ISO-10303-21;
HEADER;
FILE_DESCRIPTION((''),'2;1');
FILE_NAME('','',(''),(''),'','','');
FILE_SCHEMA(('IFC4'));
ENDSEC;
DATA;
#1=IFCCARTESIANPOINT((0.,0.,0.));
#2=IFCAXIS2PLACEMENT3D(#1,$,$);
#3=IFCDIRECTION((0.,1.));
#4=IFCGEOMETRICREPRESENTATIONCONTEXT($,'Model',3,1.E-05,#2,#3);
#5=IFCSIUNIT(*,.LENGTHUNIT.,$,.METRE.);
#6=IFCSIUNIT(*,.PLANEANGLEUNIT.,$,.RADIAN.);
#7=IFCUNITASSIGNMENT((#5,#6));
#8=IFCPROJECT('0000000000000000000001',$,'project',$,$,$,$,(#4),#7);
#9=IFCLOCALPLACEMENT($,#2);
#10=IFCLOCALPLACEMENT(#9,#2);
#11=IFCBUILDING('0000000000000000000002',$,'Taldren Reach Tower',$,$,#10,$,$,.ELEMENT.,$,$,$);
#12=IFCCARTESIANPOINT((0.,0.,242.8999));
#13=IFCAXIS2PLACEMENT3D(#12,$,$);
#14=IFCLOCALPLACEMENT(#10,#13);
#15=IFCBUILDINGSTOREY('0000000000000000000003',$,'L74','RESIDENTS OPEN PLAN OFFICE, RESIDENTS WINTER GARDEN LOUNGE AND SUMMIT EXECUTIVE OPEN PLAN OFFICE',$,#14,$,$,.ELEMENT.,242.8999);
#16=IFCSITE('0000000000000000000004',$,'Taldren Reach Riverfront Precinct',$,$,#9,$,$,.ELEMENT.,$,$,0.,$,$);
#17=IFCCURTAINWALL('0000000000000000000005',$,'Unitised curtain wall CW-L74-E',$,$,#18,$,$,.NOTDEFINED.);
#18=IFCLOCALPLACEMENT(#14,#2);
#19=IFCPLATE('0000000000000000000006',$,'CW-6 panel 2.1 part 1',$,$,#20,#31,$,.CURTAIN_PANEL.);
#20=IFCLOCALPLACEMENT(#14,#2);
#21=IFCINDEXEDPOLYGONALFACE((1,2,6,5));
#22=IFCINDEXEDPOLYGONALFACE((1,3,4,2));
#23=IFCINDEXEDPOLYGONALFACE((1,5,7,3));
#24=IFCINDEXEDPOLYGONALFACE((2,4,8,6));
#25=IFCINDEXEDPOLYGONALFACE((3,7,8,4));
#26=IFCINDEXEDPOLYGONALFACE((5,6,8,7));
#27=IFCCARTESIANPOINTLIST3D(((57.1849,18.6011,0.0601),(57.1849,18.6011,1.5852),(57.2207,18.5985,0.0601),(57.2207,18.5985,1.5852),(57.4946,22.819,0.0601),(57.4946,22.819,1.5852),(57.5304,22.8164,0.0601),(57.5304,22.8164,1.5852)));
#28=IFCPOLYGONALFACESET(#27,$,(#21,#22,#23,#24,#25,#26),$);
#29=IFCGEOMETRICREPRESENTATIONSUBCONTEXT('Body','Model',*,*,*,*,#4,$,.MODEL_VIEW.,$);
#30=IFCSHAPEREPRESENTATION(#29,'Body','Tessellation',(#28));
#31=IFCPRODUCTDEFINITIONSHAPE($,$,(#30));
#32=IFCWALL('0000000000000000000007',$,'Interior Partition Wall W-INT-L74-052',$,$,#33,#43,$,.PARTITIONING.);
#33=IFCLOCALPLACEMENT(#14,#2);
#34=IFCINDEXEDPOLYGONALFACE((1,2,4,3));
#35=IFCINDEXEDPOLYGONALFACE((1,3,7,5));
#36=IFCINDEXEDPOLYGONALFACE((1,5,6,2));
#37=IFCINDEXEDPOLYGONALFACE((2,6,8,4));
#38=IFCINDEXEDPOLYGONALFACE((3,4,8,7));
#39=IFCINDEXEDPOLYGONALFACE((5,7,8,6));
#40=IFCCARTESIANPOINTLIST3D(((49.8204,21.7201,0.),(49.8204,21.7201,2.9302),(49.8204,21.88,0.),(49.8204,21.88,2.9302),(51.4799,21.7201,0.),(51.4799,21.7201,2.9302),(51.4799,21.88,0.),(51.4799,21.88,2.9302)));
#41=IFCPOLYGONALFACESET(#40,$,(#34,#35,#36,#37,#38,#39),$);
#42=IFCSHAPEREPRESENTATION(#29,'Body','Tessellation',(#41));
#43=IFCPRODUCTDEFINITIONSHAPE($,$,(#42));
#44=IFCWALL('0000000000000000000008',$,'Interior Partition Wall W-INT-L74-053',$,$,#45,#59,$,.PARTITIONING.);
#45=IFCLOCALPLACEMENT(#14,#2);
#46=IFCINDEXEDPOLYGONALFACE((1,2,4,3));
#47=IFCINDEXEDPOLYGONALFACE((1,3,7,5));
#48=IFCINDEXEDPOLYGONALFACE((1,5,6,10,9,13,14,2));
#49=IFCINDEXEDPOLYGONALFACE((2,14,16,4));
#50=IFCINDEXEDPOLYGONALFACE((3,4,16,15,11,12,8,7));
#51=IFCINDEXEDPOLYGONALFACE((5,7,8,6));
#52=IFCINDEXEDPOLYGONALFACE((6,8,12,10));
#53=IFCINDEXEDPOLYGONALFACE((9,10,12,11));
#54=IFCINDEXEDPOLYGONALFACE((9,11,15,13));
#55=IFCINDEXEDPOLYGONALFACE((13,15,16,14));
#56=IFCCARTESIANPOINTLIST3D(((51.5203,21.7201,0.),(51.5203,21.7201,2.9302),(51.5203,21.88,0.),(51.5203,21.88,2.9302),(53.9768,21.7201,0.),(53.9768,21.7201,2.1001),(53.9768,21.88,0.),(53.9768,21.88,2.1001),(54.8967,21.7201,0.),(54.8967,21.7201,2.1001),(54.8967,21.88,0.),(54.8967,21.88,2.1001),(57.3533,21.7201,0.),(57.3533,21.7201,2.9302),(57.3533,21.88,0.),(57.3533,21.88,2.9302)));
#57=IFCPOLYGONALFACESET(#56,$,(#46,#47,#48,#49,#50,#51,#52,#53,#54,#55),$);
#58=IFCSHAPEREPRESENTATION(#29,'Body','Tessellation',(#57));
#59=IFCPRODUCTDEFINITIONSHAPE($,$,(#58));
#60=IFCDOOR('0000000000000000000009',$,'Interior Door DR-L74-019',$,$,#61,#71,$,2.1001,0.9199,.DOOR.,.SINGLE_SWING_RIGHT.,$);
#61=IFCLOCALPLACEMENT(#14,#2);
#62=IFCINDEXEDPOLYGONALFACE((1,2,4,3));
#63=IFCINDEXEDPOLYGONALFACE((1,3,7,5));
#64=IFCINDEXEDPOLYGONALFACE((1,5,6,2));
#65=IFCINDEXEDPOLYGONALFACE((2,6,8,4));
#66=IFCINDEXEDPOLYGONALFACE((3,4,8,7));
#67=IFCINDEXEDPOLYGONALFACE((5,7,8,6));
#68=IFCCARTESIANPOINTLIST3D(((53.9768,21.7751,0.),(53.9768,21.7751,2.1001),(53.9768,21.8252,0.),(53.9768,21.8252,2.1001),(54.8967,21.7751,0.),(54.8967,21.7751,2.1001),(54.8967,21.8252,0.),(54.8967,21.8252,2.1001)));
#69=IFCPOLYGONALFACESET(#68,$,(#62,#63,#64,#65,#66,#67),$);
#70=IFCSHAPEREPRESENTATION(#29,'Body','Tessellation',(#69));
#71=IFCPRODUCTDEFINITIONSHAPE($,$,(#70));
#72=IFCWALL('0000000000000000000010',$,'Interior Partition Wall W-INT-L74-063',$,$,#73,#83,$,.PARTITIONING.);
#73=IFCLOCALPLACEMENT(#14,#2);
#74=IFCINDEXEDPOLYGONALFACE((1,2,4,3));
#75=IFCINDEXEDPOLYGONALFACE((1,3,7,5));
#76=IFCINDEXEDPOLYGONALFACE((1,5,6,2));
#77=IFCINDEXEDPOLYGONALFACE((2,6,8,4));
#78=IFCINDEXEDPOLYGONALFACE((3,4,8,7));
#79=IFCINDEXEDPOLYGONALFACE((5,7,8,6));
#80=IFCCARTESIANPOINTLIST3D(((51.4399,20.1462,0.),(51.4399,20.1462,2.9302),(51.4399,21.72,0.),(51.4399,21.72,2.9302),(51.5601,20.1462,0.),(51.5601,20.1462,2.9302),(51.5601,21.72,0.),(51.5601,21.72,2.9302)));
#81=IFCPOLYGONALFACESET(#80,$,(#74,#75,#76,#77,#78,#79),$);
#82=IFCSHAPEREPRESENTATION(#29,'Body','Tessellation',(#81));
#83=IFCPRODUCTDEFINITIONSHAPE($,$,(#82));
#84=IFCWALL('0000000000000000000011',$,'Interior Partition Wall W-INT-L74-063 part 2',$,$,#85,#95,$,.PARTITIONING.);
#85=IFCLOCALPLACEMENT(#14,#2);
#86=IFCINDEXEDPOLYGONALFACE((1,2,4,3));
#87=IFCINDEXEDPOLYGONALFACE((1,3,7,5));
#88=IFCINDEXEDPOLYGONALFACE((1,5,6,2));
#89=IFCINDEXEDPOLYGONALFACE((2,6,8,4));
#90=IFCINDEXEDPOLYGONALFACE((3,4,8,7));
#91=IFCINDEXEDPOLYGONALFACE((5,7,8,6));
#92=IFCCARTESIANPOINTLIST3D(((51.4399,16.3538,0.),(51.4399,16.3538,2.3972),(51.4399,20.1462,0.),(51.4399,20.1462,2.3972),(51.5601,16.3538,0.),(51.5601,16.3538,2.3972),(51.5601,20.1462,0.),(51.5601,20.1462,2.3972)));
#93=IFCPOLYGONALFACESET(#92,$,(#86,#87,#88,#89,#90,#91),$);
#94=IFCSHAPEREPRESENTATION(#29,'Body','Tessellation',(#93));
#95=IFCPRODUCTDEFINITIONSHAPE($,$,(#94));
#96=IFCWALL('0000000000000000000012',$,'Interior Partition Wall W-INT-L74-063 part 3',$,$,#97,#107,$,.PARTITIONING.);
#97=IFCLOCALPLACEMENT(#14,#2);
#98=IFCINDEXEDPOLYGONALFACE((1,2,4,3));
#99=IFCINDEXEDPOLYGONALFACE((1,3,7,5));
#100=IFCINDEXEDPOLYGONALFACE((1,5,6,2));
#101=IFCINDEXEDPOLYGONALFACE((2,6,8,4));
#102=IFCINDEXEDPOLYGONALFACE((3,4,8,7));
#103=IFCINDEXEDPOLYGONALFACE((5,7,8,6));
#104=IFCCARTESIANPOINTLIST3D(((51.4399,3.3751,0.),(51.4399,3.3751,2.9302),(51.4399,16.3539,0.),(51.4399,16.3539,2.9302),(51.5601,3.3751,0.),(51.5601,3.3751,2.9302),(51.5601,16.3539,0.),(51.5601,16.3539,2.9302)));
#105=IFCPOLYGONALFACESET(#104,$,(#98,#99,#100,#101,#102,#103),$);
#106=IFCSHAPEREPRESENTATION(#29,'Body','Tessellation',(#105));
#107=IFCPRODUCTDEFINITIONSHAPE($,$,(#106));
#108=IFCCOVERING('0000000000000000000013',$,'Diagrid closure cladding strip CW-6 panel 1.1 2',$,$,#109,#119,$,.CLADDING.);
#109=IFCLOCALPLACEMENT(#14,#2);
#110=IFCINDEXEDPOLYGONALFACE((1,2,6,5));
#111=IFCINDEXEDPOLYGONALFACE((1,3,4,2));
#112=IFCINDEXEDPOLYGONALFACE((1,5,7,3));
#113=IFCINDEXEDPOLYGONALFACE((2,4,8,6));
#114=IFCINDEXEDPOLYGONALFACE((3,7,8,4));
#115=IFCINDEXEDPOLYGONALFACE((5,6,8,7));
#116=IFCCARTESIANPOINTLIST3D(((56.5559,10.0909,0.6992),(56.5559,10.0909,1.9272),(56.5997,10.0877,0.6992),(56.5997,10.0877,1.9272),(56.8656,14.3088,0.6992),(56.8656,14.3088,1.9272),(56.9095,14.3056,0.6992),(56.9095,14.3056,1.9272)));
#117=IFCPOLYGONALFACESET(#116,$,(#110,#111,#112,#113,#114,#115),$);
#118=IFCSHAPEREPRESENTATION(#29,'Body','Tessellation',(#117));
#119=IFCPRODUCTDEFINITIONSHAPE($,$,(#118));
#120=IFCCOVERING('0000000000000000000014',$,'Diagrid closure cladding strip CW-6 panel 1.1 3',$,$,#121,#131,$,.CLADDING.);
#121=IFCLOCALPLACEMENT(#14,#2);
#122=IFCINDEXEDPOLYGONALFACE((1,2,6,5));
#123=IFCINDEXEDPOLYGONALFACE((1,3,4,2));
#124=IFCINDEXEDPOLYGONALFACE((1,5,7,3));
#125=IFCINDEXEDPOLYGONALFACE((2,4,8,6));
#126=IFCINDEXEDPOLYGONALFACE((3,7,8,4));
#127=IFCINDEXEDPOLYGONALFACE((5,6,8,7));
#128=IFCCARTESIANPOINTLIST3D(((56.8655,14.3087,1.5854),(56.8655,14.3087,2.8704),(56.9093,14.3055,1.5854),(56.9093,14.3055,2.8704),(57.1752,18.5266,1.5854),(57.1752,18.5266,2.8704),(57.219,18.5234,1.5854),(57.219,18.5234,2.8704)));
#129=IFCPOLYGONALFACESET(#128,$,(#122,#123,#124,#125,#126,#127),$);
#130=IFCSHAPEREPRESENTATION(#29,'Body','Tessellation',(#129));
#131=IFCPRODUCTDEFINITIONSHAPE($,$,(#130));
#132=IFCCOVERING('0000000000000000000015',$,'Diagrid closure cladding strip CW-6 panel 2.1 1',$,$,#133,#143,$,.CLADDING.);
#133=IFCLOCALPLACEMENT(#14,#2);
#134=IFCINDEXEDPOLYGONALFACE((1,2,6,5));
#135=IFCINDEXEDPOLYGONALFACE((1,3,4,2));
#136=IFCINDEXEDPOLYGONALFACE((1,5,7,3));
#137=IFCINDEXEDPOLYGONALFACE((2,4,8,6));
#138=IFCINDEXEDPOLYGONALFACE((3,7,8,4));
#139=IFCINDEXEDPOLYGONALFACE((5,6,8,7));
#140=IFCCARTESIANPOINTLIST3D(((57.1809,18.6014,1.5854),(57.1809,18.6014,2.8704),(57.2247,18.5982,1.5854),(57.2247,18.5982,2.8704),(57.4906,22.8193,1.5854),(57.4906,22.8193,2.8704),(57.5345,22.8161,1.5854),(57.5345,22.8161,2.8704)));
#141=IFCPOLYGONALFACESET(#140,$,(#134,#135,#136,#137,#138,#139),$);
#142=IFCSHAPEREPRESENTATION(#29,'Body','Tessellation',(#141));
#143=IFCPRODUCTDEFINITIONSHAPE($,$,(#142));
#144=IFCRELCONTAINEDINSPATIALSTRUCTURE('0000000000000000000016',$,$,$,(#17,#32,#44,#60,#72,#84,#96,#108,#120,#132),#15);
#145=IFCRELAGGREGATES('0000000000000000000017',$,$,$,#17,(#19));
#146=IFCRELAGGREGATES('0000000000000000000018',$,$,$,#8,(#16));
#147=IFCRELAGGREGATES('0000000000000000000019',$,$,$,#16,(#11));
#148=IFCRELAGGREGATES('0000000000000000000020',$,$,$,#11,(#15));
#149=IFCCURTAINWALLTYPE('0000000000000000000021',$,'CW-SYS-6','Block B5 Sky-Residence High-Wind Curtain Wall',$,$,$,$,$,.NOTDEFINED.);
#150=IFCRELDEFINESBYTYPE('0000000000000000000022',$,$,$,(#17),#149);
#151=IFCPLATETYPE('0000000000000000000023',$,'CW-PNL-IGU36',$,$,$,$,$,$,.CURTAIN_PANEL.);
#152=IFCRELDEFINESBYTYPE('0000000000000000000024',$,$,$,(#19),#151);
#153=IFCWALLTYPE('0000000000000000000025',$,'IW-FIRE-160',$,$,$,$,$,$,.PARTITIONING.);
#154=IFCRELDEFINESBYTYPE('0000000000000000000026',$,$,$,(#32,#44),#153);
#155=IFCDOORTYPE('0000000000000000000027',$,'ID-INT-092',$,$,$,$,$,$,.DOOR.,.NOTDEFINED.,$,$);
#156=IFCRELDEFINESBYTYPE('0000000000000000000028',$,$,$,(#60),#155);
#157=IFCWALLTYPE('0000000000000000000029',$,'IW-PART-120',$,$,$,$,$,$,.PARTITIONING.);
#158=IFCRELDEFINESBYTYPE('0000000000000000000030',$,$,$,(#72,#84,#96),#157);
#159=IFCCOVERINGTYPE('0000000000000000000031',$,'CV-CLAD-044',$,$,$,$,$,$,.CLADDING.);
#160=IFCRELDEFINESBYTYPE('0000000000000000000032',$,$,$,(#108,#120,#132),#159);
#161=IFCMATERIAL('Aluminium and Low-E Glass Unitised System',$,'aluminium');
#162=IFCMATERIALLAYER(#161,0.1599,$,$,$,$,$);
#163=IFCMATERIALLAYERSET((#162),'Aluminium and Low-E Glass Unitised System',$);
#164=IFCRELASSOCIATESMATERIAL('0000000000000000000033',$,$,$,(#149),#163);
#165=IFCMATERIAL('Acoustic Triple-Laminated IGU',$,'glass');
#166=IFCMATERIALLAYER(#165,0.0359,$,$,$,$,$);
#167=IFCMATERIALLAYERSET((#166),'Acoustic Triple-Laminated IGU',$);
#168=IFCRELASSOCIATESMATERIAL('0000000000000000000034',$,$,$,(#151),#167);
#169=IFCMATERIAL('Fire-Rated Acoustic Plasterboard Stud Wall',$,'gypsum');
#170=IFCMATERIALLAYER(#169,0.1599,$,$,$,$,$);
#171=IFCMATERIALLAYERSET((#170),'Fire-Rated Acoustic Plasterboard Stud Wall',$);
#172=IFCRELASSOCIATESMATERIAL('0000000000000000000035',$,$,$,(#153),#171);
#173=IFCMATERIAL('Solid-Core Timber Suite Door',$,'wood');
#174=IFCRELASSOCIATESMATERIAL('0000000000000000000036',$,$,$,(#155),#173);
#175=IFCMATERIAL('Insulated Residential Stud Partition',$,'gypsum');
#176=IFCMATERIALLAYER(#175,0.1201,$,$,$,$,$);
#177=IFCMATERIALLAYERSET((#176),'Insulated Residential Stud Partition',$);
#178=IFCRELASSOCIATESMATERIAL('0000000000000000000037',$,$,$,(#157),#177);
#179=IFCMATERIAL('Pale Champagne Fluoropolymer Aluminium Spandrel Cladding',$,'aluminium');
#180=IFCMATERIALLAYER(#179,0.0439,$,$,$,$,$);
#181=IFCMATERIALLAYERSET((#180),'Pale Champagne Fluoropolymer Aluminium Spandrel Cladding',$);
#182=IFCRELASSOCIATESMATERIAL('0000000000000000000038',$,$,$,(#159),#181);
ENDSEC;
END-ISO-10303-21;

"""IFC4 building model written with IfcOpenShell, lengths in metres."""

from ifc_helpers import new_model, si_unit, direction, frame, frame_2d, origin, origin_2d, place, context, subcontext, project, spatial, rectangle, extrude, source, transform, mapped, material, layer, layer_set, type_object, element, fill, aggregate, save


model = new_model("IFC4")

# Units and contexts
model_context = context("Model", 3, precision=1e-05, world=origin(), true_north=direction((0.0, 1.0)))
body_context = subcontext(model_context, "Body", "Model", "MODEL_VIEW")
ifc_project = project(units=[si_unit("LENGTHUNIT", "METRE"), si_unit("PLANEANGLEUNIT", "RADIAN")], contexts=[model_context])

# Site, building, storey
site_placement = place(None, origin())
site = spatial("IfcSite", under=ifc_project, at=site_placement, Name="Taldren Reach Riverfront Precinct", CompositionType="ELEMENT", RefElevation=0.0)
building_placement = place(site_placement, origin())
building = spatial("IfcBuilding", under=site, at=building_placement, Name="Taldren Reach Tower", CompositionType="ELEMENT")
storey_placement = place(building_placement, frame((0.0, 0.0, 242.8999)))
storey = spatial("IfcBuildingStorey", under=building, at=storey_placement, Name="L74", Description="RESIDENTS OPEN PLAN OFFICE, RESIDENTS WINTER GARDEN LOUNGE AND SUMMIT EXECUTIVE OPEN PLAN OFFICE", CompositionType="ELEMENT", Elevation=242.8999)

# Curtain wall
ifc_material_1 = material(Name="Aluminium and Low-E Glass Unitised System", Category="aluminium")
ifc_layer_1 = layer(ifc_material_1, 0.1599)
ifc_layer_set_1 = layer_set([ifc_layer_1], Name="Aluminium and Low-E Glass Unitised System")
curtain_wall_type = type_object("IfcCurtainWallType", Name="CW-SYS-6", Description="Block B5 Sky-Residence High-Wind Curtain Wall", PredefinedType="NOTDEFINED", material=ifc_layer_set_1)
curtain_wall_placement = place(storey_placement, origin())
curtain_wall = element("IfcCurtainWall", 1, at=curtain_wall_placement, inside=storey, type_object=curtain_wall_type, Name="Unitised curtain wall CW-L74-E", PredefinedType="NOTDEFINED")

# Plate
ifc_material_2 = material(Name="Acoustic Triple-Laminated IGU", Category="glass")
ifc_layer_2 = layer(ifc_material_2, 0.0359)
ifc_layer_set_2 = layer_set([ifc_layer_2], Name="Acoustic Triple-Laminated IGU")
plate_type_1 = type_object("IfcPlateType", Name="CW-PNL-IGU36", PredefinedType="CURTAIN_PANEL", material=ifc_layer_set_2)
shared_shape_1 = source(origin(), body_context, "Body", "SweptSolid", [
    extrude(rectangle(XDim=4.2292, YDim=0.0359, at=origin_2d()), origin(), (0.0, 0.0, 1.0), 1.5251),
])
plate_1_placement = place(storey_placement, frame((57.3577, 20.7087, 0.0601), z_axis=(0.0, 0.0, 1.0), x_axis=(0.073238, 0.997314, 0.0)))
plate_1 = element("IfcPlate", 2, at=plate_1_placement, type_object=plate_type_1, Name="CW-6 panel 2.1 part 1", PredefinedType="CURTAIN_PANEL", context=body_context, shape_type="MappedRepresentation", body=[
    mapped(shared_shape_1, transform((0.0, 0.0, 0.0), scale=1.0)),
])
aggregate(curtain_wall, [plate_1])

# Wall
ifc_material_3 = material(Name="Fire-Rated Acoustic Plasterboard Stud Wall", Category="gypsum")
ifc_layer_3 = layer(ifc_material_3, 0.1599)
ifc_layer_set_3 = layer_set([ifc_layer_3], Name="Fire-Rated Acoustic Plasterboard Stud Wall")
wall_type_1 = type_object("IfcWallType", Name="IW-FIRE-160", PredefinedType="PARTITIONING", material=ifc_layer_set_3)
shared_shape_2 = source(origin(), body_context, "Body", "SweptSolid", [
    extrude(rectangle(XDim=1.6594, YDim=0.1599, at=frame_2d((0.8296, 0.0))), origin(), (0.0, 0.0, 1.0), 2.9302),
])
wall_1_placement = place(storey_placement, frame((51.4797, 21.8, 0.0), z_axis=(0.0, 0.0, 1.0), x_axis=(-1.0, 0.0, 0.0)))
element("IfcWall", 3, at=wall_1_placement, inside=storey, type_object=wall_type_1, Name="Interior Partition Wall W-INT-L74-052", PredefinedType="PARTITIONING", context=body_context, shape_type="MappedRepresentation", body=[
    mapped(shared_shape_2, transform((0.0, 0.0, 0.0), scale=1.0)),
])

# Wall, opening, door
shared_shape_3 = source(origin(), body_context, "Body", "SweptSolid", [
    extrude(rectangle(XDim=5.833, YDim=0.1599, at=frame_2d((2.9165, 0.0))), origin(), (0.0, 0.0, 1.0), 2.9302),
])
wall_2_placement = place(storey_placement, frame((57.3533, 21.8, 0.0), z_axis=(0.0, 0.0, 1.0), x_axis=(-1.0, 0.0, 0.0)))
wall_2 = element("IfcWall", 4, at=wall_2_placement, inside=storey, type_object=wall_type_1, Name="Interior Partition Wall W-INT-L74-053", PredefinedType="PARTITIONING", context=body_context, shape_type="MappedRepresentation", body=[
    mapped(shared_shape_3, transform((0.0, 0.0, 0.0), scale=1.0)),
])
shared_shape_4 = source(origin(), body_context, "Body", "SweptSolid", [
    extrude(rectangle(XDim=0.9199, YDim=2.1001, at=frame_2d((0.46, 1.05))), frame((0.0, 0.0898, 0.0), z_axis=(0.0, -1.0, 0.0), x_axis=(1.0, 0.0, 0.0)), (0.0, 0.0, 1.0), 0.1799),
])
opening_placement = place(wall_2_placement, frame((2.4565, 0.0, 0.0)))
opening = element("IfcOpeningElement", 5, at=opening_placement, cuts=wall_2, PredefinedType="OPENING", context=body_context, shape_type="MappedRepresentation", body=[
    mapped(shared_shape_4, transform((0.0, 0.0, 0.0), scale=1.0)),
])
ifc_material_4 = material(Name="Solid-Core Timber Suite Door", Category="wood")
door_type = type_object("IfcDoorType", Name="ID-INT-092", OperationType="NOTDEFINED", PredefinedType="DOOR", material=ifc_material_4)
shared_shape_5 = source(origin(), body_context, "Body", "SweptSolid", [
    extrude(rectangle(XDim=0.9199, YDim=2.1001, at=frame_2d((0.46, 1.05))), frame((0.0, 0.0249, 0.0), z_axis=(0.0, -1.0, 0.0), x_axis=(1.0, 0.0, 0.0)), (0.0, 0.0, 1.0), 0.05),
])
door_placement = place(opening_placement, origin())
door = element("IfcDoor", 6, at=door_placement, inside=storey, type_object=door_type, Name="Interior Door DR-L74-019", OperationType="SINGLE_SWING_RIGHT", OverallHeight=2.1001, OverallWidth=0.9199, PredefinedType="DOOR", context=body_context, shape_type="MappedRepresentation", body=[
    mapped(shared_shape_5, transform((0.0, 0.0, 0.0), scale=1.0)),
])
fill(opening, door)

# Walls
ifc_material_5 = material(Name="Insulated Residential Stud Partition", Category="gypsum")
ifc_layer_4 = layer(ifc_material_5, 0.1201)
ifc_layer_set_4 = layer_set([ifc_layer_4], Name="Insulated Residential Stud Partition")
wall_type_2 = type_object("IfcWallType", Name="IW-PART-120", PredefinedType="PARTITIONING", material=ifc_layer_set_4)
shared_shape_6 = source(origin(), body_context, "Body", "SweptSolid", [
    extrude(rectangle(XDim=1.5737, YDim=0.1201, at=frame_2d((0.7869, 0.0))), origin(), (0.0, 0.0, 1.0), 2.9302),
])
wall_3_placement = place(storey_placement, frame((51.5, 21.72, 0.0), z_axis=(0.0, 0.0, 1.0), x_axis=(0.0, -1.0, 0.0)))
element("IfcWall", 7, at=wall_3_placement, inside=storey, type_object=wall_type_2, Name="Interior Partition Wall W-INT-L74-063", PredefinedType="PARTITIONING", context=body_context, shape_type="MappedRepresentation", body=[
    mapped(shared_shape_6, transform((0.0, 0.0, 0.0), scale=1.0)),
])
shared_shape_7 = source(origin(), body_context, "Body", "SweptSolid", [
    extrude(rectangle(XDim=3.7925, YDim=0.1201, at=frame_2d((1.8962, 0.0))), origin(), (0.0, 0.0, 1.0), 2.3972),
])
wall_4_placement = place(storey_placement, frame((51.5, 20.1462, 0.0), z_axis=(0.0, 0.0, 1.0), x_axis=(0.0, -1.0, 0.0)))
element("IfcWall", 8, at=wall_4_placement, inside=storey, type_object=wall_type_2, Name="Interior Partition Wall W-INT-L74-063 part 2", PredefinedType="PARTITIONING", context=body_context, shape_type="MappedRepresentation", body=[
    mapped(shared_shape_7, transform((0.0, 0.0, 0.0), scale=1.0)),
])
shared_shape_8 = source(origin(), body_context, "Body", "SweptSolid", [
    extrude(rectangle(XDim=12.9788, YDim=0.1201, at=frame_2d((6.4893, 0.0))), origin(), (0.0, 0.0, 1.0), 2.9302),
])
wall_5_placement = place(storey_placement, frame((51.5, 16.3538, 0.0), z_axis=(0.0, 0.0, 1.0), x_axis=(0.0, -1.0, 0.0)))
element("IfcWall", 9, at=wall_5_placement, inside=storey, type_object=wall_type_2, Name="Interior Partition Wall W-INT-L74-063 part 3", PredefinedType="PARTITIONING", context=body_context, shape_type="MappedRepresentation", body=[
    mapped(shared_shape_8, transform((0.0, 0.0, 0.0), scale=1.0)),
])

# Coverings
ifc_material_6 = material(Name="Pale Champagne Fluoropolymer Aluminium Spandrel Cladding", Category="aluminium")
ifc_layer_5 = layer(ifc_material_6, 0.0439)
ifc_layer_set_5 = layer_set([ifc_layer_5], Name="Pale Champagne Fluoropolymer Aluminium Spandrel Cladding")
covering_type = type_object("IfcCoveringType", Name="CV-CLAD-044", PredefinedType="CLADDING", material=ifc_layer_set_5)
shared_shape_9 = source(origin(), body_context, "Body", "SweptSolid", [
    extrude(rectangle(XDim=4.2292, YDim=0.0439, at=origin_2d()), origin(), (0.0, 0.0, 1.0), 1.228),
])
covering_placement = place(storey_placement, frame((56.7327, 12.1982, 0.6992), z_axis=(0.0, 0.0, 1.0), x_axis=(0.073238, 0.997314, 0.0)))
element("IfcCovering", 10, at=covering_placement, inside=storey, type_object=covering_type, Name="Diagrid closure cladding strip CW-6 panel 1.1 2", PredefinedType="CLADDING", context=body_context, shape_type="MappedRepresentation", body=[
    mapped(shared_shape_9, transform((0.0, 0.0, 0.0), scale=1.0)),
])
shared_shape_10 = source(origin(), body_context, "Body", "SweptSolid", [
    extrude(rectangle(XDim=4.2292, YDim=0.0439, at=origin_2d()), origin(), (0.0, 0.0, 1.0), 1.2849),
])
for number, where, z_axis, x_axis, name in (
    (11, (57.0422, 16.416, 1.5854), (0.0, 0.0, 1.0), (0.073238, 0.997314, 0.0), "Diagrid closure cladding strip CW-6 panel 1.1 3"),
    (12, (57.3577, 20.7087, 1.5854), (0.0, 0.0, 1.0), (0.073238, 0.997314, 0.0), "Diagrid closure cladding strip CW-6 panel 2.1 1"),
):
    element("IfcCovering", number, at=place(storey_placement, frame(where, z_axis=z_axis, x_axis=x_axis)), inside=storey, type_object=covering_type, Name=name, PredefinedType="CLADDING", context=body_context, shape_type="MappedRepresentation", body=[
        mapped(shared_shape_10, transform((0.0, 0.0, 0.0), scale=1.0)),
    ])

save(model, "model.ifc")
